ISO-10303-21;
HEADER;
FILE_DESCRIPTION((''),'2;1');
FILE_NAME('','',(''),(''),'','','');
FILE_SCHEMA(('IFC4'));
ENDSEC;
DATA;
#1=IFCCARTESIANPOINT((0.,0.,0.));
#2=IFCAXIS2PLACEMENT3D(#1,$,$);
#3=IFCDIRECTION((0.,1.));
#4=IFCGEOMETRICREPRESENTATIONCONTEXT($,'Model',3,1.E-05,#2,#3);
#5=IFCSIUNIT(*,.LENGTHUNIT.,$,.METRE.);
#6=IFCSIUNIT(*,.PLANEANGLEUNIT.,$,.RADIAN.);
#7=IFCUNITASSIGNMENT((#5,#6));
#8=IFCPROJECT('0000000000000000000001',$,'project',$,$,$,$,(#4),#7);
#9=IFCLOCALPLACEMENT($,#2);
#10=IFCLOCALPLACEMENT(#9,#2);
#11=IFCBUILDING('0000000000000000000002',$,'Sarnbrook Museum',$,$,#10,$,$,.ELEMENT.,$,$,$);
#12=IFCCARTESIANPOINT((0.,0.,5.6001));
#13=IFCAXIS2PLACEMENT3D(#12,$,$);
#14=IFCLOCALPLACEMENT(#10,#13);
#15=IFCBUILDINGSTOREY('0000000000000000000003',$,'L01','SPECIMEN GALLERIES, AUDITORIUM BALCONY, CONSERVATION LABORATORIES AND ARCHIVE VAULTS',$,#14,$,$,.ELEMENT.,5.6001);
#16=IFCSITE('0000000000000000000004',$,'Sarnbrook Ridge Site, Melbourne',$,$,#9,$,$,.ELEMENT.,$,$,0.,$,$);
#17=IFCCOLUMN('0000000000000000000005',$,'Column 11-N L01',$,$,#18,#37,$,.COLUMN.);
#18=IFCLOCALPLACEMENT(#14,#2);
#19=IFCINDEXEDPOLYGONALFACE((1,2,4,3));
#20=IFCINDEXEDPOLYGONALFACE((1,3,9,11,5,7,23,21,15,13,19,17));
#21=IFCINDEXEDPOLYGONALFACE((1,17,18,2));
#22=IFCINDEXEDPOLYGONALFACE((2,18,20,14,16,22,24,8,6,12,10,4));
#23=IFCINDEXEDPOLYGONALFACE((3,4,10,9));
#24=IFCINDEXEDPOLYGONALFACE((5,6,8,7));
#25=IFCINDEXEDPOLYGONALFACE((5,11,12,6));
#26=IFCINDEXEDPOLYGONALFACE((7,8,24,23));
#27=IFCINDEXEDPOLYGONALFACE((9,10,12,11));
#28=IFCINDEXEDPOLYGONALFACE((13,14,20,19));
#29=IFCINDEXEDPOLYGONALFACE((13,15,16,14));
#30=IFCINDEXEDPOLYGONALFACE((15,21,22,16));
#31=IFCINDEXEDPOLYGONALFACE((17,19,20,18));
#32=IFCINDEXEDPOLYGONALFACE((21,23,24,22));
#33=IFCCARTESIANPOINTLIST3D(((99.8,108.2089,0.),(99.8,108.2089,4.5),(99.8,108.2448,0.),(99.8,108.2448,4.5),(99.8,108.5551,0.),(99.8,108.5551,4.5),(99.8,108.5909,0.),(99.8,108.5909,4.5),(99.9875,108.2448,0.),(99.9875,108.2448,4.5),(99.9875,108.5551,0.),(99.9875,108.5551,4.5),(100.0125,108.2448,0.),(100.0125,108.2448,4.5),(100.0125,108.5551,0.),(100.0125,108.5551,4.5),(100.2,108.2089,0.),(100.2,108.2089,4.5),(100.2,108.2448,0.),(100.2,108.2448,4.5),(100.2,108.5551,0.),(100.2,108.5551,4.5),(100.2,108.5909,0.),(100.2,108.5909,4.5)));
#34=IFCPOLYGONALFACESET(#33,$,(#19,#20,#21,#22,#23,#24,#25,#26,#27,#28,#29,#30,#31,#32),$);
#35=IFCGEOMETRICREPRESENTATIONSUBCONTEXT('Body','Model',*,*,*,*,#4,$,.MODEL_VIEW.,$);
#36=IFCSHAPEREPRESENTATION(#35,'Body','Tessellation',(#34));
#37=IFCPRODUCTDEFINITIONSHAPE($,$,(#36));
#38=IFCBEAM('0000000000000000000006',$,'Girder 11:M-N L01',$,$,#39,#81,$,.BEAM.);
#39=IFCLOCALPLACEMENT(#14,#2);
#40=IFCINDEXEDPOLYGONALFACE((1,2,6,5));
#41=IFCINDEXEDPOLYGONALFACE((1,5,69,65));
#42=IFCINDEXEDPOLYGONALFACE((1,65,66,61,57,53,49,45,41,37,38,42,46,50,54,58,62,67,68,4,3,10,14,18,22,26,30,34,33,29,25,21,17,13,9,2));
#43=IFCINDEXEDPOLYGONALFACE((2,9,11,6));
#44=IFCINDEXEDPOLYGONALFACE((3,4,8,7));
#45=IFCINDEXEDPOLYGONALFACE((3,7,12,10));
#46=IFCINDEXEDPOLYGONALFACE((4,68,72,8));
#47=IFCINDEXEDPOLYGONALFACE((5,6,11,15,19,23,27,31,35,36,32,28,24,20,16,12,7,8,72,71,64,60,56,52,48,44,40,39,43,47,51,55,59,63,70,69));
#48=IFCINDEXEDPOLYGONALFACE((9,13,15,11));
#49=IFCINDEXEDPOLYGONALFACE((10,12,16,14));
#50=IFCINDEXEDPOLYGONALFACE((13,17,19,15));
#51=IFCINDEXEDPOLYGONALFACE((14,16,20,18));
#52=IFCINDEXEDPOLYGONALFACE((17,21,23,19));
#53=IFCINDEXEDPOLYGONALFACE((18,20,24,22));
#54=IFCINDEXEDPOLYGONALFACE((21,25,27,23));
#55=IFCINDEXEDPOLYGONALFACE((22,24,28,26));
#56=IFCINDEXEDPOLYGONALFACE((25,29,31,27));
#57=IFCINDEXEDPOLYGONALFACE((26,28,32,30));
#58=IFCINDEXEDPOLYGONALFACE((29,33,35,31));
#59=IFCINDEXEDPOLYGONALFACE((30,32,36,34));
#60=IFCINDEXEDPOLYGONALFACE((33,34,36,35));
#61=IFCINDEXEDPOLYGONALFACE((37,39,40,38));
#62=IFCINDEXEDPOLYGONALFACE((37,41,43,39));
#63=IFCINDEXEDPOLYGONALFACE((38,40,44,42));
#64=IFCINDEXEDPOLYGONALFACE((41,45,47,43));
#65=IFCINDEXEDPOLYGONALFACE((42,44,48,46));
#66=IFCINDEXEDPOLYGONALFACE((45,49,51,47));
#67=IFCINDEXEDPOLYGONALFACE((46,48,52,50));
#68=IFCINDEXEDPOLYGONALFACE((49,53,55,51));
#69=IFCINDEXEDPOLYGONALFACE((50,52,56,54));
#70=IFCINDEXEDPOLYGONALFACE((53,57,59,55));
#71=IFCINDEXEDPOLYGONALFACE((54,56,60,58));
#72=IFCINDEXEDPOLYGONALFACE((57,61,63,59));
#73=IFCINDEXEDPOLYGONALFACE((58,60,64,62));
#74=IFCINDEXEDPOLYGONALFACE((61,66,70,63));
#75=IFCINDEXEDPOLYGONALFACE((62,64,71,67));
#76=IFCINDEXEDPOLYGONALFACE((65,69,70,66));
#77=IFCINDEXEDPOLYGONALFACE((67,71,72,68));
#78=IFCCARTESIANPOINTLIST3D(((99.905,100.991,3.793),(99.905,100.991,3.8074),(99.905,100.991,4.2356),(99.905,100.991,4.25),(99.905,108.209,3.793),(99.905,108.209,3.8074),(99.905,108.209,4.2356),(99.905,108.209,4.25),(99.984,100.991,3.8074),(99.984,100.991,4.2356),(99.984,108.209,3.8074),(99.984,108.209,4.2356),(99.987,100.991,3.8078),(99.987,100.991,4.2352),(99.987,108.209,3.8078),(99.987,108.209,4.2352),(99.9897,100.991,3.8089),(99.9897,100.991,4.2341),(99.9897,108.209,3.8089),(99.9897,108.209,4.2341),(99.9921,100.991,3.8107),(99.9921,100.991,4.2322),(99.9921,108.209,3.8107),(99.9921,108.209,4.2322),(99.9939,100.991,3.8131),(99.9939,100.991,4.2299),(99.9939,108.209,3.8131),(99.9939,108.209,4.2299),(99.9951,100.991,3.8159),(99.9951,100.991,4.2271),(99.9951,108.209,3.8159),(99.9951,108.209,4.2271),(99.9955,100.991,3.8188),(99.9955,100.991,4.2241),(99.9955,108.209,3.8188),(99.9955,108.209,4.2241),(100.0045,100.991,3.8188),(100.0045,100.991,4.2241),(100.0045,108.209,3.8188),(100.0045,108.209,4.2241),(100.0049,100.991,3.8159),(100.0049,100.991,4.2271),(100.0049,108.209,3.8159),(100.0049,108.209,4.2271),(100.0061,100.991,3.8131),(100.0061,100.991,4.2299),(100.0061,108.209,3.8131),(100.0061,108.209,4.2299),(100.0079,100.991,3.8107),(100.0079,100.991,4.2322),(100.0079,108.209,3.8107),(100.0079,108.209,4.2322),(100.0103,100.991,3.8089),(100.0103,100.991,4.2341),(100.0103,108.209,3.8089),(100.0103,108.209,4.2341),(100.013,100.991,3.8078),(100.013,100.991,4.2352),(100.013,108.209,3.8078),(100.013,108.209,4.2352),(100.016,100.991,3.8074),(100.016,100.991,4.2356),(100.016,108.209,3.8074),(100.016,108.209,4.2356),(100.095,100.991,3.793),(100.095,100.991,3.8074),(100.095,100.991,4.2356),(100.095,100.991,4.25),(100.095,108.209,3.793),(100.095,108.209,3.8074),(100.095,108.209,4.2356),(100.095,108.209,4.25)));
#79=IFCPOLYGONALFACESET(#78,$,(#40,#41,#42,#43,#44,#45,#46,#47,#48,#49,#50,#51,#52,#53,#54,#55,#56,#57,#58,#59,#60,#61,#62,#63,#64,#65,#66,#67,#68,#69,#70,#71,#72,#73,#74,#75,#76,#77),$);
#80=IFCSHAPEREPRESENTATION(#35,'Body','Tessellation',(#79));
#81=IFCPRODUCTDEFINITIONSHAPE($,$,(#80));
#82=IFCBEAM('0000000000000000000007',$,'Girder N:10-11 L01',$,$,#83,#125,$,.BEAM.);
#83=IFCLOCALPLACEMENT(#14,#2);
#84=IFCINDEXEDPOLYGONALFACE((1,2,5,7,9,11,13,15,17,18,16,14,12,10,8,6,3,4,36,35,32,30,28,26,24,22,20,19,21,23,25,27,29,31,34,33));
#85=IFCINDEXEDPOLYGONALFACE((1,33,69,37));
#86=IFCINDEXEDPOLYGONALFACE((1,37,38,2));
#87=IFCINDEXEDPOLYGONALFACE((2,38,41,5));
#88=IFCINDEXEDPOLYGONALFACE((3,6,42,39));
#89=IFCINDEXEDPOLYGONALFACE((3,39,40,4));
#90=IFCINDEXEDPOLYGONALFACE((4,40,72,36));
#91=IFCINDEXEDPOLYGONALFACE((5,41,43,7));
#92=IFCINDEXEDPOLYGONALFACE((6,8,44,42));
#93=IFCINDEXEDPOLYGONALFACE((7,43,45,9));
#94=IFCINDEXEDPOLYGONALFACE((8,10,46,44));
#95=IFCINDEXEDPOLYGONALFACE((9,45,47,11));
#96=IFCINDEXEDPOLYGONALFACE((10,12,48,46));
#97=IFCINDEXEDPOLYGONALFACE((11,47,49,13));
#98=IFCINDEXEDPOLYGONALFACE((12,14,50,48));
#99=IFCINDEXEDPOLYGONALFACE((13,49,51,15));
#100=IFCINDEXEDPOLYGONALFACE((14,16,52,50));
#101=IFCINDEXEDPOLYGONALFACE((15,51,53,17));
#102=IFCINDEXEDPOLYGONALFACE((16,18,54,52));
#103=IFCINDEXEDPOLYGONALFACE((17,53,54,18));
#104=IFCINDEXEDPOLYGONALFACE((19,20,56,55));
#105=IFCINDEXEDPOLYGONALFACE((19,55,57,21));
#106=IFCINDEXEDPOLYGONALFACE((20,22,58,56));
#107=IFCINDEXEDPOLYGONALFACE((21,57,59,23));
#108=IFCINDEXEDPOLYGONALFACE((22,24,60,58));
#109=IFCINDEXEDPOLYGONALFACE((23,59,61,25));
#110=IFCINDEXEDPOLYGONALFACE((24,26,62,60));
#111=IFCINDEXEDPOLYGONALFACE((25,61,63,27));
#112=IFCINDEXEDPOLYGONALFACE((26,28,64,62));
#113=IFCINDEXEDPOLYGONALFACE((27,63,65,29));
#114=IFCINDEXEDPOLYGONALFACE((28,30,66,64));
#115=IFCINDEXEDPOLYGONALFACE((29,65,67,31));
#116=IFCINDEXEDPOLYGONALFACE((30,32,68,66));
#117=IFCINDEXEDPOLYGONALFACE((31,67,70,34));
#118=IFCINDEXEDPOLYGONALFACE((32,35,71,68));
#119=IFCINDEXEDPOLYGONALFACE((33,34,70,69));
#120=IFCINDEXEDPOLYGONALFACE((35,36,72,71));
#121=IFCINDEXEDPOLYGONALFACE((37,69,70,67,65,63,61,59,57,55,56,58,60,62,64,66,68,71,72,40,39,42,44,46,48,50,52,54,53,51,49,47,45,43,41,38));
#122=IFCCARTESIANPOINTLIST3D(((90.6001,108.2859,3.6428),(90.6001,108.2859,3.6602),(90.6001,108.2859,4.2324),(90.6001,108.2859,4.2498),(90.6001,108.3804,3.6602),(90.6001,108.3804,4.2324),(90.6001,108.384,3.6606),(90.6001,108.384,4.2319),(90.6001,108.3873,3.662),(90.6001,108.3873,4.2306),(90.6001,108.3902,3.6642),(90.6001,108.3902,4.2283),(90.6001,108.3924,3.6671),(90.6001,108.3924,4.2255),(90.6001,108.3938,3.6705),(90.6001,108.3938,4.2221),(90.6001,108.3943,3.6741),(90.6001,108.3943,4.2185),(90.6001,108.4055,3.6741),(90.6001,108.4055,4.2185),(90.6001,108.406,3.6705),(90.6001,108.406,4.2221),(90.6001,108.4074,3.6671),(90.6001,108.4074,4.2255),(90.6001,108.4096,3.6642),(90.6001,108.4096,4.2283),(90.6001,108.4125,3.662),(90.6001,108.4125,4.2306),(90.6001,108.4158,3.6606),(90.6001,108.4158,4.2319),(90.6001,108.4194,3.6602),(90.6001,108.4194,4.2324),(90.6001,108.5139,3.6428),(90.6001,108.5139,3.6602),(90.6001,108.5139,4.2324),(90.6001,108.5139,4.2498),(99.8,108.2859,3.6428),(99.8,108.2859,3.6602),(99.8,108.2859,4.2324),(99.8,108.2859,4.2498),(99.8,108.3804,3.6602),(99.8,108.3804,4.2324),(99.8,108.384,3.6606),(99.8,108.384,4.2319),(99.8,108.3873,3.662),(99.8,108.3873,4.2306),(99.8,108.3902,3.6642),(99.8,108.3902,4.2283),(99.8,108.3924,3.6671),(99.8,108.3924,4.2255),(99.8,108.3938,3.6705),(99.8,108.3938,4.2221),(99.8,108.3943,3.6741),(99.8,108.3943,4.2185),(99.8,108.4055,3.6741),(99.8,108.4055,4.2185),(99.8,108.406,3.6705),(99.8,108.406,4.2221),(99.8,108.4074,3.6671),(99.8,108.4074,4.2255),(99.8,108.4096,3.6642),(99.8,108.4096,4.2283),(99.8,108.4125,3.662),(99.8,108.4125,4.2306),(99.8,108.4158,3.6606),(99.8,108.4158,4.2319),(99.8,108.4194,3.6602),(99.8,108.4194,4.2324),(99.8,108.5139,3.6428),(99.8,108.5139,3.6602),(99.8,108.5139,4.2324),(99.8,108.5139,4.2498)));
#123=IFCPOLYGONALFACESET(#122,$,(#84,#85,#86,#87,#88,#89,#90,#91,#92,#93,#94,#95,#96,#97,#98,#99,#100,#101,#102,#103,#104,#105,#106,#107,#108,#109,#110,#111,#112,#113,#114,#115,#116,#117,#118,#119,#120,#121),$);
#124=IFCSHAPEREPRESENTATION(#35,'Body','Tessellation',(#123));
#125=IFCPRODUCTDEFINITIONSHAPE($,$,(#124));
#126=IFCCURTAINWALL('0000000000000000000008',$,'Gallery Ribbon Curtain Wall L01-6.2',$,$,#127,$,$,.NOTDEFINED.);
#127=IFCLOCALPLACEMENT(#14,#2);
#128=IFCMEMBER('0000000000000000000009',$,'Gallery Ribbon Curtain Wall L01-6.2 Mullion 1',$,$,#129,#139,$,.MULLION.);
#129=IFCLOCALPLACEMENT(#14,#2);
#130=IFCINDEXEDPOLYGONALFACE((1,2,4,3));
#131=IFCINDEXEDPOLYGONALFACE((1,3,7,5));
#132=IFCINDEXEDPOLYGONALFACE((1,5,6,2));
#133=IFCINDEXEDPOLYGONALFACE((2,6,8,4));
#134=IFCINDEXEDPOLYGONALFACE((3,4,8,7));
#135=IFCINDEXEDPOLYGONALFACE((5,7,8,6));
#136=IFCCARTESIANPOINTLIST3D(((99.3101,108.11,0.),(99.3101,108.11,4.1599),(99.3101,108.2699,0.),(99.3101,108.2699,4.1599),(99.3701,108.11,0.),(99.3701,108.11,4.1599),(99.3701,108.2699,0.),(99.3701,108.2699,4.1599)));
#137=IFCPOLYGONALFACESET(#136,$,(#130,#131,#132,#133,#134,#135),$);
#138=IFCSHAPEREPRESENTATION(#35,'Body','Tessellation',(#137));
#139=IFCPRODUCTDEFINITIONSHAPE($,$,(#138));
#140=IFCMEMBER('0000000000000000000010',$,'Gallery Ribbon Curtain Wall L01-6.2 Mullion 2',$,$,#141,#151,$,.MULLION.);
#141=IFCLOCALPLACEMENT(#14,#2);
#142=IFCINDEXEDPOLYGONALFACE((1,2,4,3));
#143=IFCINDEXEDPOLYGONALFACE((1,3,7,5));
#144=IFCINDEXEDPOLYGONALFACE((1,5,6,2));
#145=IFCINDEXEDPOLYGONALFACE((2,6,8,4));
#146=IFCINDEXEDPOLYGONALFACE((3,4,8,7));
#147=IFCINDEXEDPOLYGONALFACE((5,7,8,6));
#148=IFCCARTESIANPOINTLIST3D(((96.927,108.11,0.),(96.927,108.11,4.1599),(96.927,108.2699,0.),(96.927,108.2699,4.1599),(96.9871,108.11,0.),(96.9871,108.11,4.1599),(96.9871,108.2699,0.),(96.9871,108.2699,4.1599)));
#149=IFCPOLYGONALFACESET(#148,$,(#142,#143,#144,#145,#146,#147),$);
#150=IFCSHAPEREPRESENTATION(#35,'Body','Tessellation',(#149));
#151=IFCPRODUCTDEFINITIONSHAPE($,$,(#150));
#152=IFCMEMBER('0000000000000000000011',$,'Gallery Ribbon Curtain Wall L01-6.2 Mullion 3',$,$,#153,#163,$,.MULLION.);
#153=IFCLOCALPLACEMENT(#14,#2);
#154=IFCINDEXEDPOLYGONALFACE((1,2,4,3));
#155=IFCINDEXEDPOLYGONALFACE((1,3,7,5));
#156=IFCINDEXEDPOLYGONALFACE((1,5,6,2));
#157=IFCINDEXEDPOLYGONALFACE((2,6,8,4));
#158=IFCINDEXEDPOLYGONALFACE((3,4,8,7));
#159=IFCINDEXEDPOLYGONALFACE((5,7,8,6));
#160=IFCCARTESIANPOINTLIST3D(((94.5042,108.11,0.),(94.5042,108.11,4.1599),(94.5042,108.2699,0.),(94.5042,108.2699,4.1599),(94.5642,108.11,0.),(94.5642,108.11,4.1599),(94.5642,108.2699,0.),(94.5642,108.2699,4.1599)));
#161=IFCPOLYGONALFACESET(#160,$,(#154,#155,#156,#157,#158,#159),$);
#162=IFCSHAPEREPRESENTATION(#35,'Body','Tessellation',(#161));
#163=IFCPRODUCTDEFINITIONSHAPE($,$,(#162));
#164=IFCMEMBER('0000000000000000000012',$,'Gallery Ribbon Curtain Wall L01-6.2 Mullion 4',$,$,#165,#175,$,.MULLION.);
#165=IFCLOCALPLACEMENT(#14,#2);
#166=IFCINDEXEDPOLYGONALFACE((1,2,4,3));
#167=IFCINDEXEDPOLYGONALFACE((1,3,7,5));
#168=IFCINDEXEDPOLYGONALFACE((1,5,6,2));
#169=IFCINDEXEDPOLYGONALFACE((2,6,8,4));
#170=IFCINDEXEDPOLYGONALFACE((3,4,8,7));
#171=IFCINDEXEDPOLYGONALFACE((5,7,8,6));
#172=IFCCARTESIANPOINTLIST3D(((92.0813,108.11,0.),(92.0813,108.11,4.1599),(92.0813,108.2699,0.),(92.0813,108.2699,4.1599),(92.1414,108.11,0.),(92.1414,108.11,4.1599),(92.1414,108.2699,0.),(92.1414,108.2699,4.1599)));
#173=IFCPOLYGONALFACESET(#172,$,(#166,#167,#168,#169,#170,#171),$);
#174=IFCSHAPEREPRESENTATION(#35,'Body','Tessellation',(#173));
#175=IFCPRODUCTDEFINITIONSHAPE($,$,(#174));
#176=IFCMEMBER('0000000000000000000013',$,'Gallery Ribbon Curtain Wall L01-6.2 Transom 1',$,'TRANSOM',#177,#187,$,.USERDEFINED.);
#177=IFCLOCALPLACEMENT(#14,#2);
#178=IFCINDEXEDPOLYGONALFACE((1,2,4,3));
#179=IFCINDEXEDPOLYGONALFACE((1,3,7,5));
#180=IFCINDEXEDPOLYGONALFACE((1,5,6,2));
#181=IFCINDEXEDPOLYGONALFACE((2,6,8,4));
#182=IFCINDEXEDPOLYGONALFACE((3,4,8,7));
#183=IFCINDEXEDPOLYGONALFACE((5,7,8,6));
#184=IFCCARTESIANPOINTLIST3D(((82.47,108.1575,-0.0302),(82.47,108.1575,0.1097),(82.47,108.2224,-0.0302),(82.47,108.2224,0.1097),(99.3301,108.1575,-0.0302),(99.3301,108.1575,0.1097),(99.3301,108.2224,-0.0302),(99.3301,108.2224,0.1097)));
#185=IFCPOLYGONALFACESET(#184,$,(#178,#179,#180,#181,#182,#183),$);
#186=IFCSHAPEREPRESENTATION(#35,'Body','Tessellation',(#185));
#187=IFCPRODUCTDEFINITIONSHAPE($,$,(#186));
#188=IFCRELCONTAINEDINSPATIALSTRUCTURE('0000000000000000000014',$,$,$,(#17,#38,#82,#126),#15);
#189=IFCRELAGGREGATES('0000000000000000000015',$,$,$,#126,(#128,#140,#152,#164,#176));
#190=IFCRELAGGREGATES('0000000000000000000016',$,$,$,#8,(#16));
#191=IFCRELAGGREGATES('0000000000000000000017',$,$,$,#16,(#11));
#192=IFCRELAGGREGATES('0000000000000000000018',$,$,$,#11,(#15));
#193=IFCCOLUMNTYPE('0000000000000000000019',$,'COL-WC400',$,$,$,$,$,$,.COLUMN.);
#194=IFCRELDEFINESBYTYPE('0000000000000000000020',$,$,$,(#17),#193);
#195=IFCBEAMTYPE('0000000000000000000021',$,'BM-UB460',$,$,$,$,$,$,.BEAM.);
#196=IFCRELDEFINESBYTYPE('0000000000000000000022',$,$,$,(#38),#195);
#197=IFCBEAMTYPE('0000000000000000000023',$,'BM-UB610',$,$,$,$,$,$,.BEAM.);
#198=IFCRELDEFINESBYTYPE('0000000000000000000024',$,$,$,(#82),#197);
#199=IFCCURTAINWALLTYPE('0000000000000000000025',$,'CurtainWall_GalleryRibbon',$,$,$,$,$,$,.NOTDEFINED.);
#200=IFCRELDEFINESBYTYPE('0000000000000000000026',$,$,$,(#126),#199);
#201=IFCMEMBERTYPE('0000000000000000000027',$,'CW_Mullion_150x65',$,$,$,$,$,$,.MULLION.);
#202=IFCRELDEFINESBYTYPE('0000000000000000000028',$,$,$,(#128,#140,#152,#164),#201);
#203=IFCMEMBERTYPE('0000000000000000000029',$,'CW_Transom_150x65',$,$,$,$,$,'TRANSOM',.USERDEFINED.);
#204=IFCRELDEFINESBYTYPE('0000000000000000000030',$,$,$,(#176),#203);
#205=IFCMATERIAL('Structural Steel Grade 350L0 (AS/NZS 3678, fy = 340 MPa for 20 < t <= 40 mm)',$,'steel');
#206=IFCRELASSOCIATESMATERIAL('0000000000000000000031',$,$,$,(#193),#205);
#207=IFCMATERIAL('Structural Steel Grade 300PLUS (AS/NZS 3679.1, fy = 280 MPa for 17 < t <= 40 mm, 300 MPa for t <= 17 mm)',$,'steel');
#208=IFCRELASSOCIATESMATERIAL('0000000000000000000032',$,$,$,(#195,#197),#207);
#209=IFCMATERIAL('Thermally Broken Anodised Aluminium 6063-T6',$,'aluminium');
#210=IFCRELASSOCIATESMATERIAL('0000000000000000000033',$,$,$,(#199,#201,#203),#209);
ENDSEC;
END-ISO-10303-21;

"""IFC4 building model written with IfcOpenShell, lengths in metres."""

from ifc_helpers import new_model, si_unit, direction, frame, origin, origin_2d, place, context, subcontext, project, spatial, rectangle, i_section, extrude, material, material_profile, profile_set, type_object, element, aggregate, save


model = new_model("IFC4")

# Units and contexts
model_context = context("Model", 3, precision=1e-05, world=origin(), true_north=direction((0.0, 1.0)))
body_context = subcontext(model_context, "Body", "Model", "MODEL_VIEW")
ifc_project = project(units=[si_unit("LENGTHUNIT", "METRE"), si_unit("PLANEANGLEUNIT", "RADIAN")], contexts=[model_context])

# Site, building, storey
site_placement = place(None, origin())
site = spatial("IfcSite", under=ifc_project, at=site_placement, Name="Sarnbrook Ridge Site, Melbourne", CompositionType="ELEMENT", RefElevation=0.0)
building_placement = place(site_placement, origin())
building = spatial("IfcBuilding", under=site, at=building_placement, Name="Sarnbrook Museum", CompositionType="ELEMENT")
storey_placement = place(building_placement, frame((0.0, 0.0, 5.6001)))
storey = spatial("IfcBuildingStorey", under=building, at=storey_placement, Name="L01", Description="SPECIMEN GALLERIES, AUDITORIUM BALCONY, CONSERVATION LABORATORIES AND ARCHIVE VAULTS", CompositionType="ELEMENT", Elevation=5.6001)

# Column
ifc_material_1 = material(Name="Structural Steel Grade 350L0 (AS/NZS 3678, fy = 340 MPa for 20 < t <= 40 mm)", Category="steel")
ifc_material_profile_1 = material_profile(ifc_material_1, i_section(OverallWidth=0.3999, OverallDepth=0.3821, WebThickness=0.0249, FlangeThickness=0.0359, at=origin_2d()), Name="400WC270")
ifc_profile_set_1 = profile_set([ifc_material_profile_1], Name="Structural Steel Grade 350L0 (AS/NZS 3678, fy = 340 MPa for 20 < t <= 40 mm)")
column_type = type_object("IfcColumnType", Name="COL-WC400", PredefinedType="COLUMN", material=ifc_profile_set_1)
column_placement = place(storey_placement, frame((100.0, 108.3999, 0.0), z_axis=(0.0, 0.0, 1.0), x_axis=(1.0, 0.0, 0.0)))
element("IfcColumn", 1, at=column_placement, inside=storey, type_object=column_type, Name="Column 11-N L01", PredefinedType="COLUMN", context=body_context, shape_type="SweptSolid", body=[
    extrude(i_section(OverallWidth=0.3999, OverallDepth=0.3821, WebThickness=0.0249, FlangeThickness=0.0359, at=origin_2d()), origin(), (0.0, 0.0, 1.0), 4.5),
])

# Beams
ifc_material_2 = material(Name="Structural Steel Grade 300PLUS (AS/NZS 3679.1, fy = 280 MPa for 17 < t <= 40 mm, 300 MPa for t <= 17 mm)", Category="steel")
ifc_material_profile_2 = material_profile(ifc_material_2, i_section(OverallWidth=0.1899, OverallDepth=0.457, WebThickness=0.009, FlangeThickness=0.0144, FilletRadius=0.0115, at=origin_2d()), Name="460UB74.6")
ifc_profile_set_2 = profile_set([ifc_material_profile_2], Name="Structural Steel Grade 300PLUS (AS/NZS 3679.1, fy = 280 MPa for 17 < t <= 40 mm, 300 MPa for t <= 17 mm)")
beam_type_1 = type_object("IfcBeamType", Name="BM-UB460", PredefinedType="BEAM", material=ifc_profile_set_2)
beam_1_placement = place(storey_placement, frame((100.0, 100.991, 4.0215), z_axis=(0.0, 1.0, 0.0), x_axis=(-1.0, 0.0, 0.0)))
element("IfcBeam", 2, at=beam_1_placement, inside=storey, type_object=beam_type_1, Name="Girder 11:M-N L01", PredefinedType="BEAM", context=body_context, shape_type="SweptSolid", body=[
    extrude(i_section(OverallWidth=0.1899, OverallDepth=0.457, WebThickness=0.009, FlangeThickness=0.0144, FilletRadius=0.0115, at=origin_2d()), origin(), (0.0, 0.0, 1.0), 7.218),
])
ifc_material_profile_3 = material_profile(ifc_material_2, i_section(OverallWidth=0.228, OverallDepth=0.6069, WebThickness=0.0112, FlangeThickness=0.0173, FilletRadius=0.0139, at=origin_2d()), Name="610UB113")
ifc_profile_set_3 = profile_set([ifc_material_profile_3], Name="Structural Steel Grade 300PLUS (AS/NZS 3679.1, fy = 280 MPa for 17 < t <= 40 mm, 300 MPa for t <= 17 mm)")
beam_type_2 = type_object("IfcBeamType", Name="BM-UB610", PredefinedType="BEAM", material=ifc_profile_set_3)
beam_2_placement = place(storey_placement, frame((90.6001, 108.3999, 3.9463), z_axis=(1.0, 0.0, 0.0), x_axis=(0.0, 1.0, 0.0)))
element("IfcBeam", 3, at=beam_2_placement, inside=storey, type_object=beam_type_2, Name="Girder N:10-11 L01", PredefinedType="BEAM", context=body_context, shape_type="SweptSolid", body=[
    extrude(i_section(OverallWidth=0.228, OverallDepth=0.6069, WebThickness=0.0112, FlangeThickness=0.0173, FilletRadius=0.0139, at=origin_2d()), origin(), (0.0, 0.0, 1.0), 9.2),
])

# Curtain wall, members
ifc_material_3 = material(Name="Thermally Broken Anodised Aluminium 6063-T6", Category="aluminium")
curtain_wall_type = type_object("IfcCurtainWallType", Name="CurtainWall_GalleryRibbon", PredefinedType="NOTDEFINED", material=ifc_material_3)
curtain_wall_placement = place(storey_placement, origin())
curtain_wall = element("IfcCurtainWall", 4, at=curtain_wall_placement, inside=storey, type_object=curtain_wall_type, Name="Gallery Ribbon Curtain Wall L01-6.2", PredefinedType="NOTDEFINED")
ifc_material_profile_4 = material_profile(ifc_material_3, rectangle(XDim=0.0601, YDim=0.1599, at=origin_2d()), Name="ALU MULLION 60x160")
ifc_profile_set_4 = profile_set([ifc_material_profile_4], Name="Thermally Broken Anodised Aluminium 6063-T6")
member_type_1 = type_object("IfcMemberType", Name="CW_Mullion_150x65", PredefinedType="MULLION", material=ifc_profile_set_4)
member_1_placement = place(storey_placement, frame((99.3401, 108.1899, 0.0), z_axis=(0.0, 0.0, 1.0), x_axis=(1.0, 0.0, 0.0)))
member_1 = element("IfcMember", 5, at=member_1_placement, type_object=member_type_1, Name="Gallery Ribbon Curtain Wall L01-6.2 Mullion 1", PredefinedType="MULLION", context=body_context, shape_type="SweptSolid", body=[
    extrude(rectangle(XDim=0.0601, YDim=0.1599, at=origin_2d()), origin(), (0.0, 0.0, 1.0), 4.1599),
])
member_2_placement = place(storey_placement, frame((96.957, 108.1899, 0.0), z_axis=(0.0, 0.0, 1.0), x_axis=(1.0, 0.0, 0.0)))
member_2 = element("IfcMember", 6, at=member_2_placement, type_object=member_type_1, Name="Gallery Ribbon Curtain Wall L01-6.2 Mullion 2", PredefinedType="MULLION", context=body_context, shape_type="SweptSolid", body=[
    extrude(rectangle(XDim=0.0601, YDim=0.1599, at=origin_2d()), origin(), (0.0, 0.0, 1.0), 4.1599),
])
member_3_placement = place(storey_placement, frame((94.5342, 108.1899, 0.0), z_axis=(0.0, 0.0, 1.0), x_axis=(1.0, 0.0, 0.0)))
member_3 = element("IfcMember", 7, at=member_3_placement, type_object=member_type_1, Name="Gallery Ribbon Curtain Wall L01-6.2 Mullion 3", PredefinedType="MULLION", context=body_context, shape_type="SweptSolid", body=[
    extrude(rectangle(XDim=0.0601, YDim=0.1599, at=origin_2d()), origin(), (0.0, 0.0, 1.0), 4.1599),
])
member_4_placement = place(storey_placement, frame((92.1113, 108.1899, 0.0), z_axis=(0.0, 0.0, 1.0), x_axis=(1.0, 0.0, 0.0)))
member_4 = element("IfcMember", 8, at=member_4_placement, type_object=member_type_1, Name="Gallery Ribbon Curtain Wall L01-6.2 Mullion 4", PredefinedType="MULLION", context=body_context, shape_type="SweptSolid", body=[
    extrude(rectangle(XDim=0.0601, YDim=0.1599, at=origin_2d()), origin(), (0.0, 0.0, 1.0), 4.1599),
])
ifc_material_profile_5 = material_profile(ifc_material_3, rectangle(XDim=0.0649, YDim=0.1399, at=origin_2d()), Name="ALU TRANSOM 65x140")
ifc_profile_set_5 = profile_set([ifc_material_profile_5], Name="Thermally Broken Anodised Aluminium 6063-T6")
member_type_2 = type_object("IfcMemberType", Name="CW_Transom_150x65", ElementType="TRANSOM", PredefinedType="USERDEFINED", material=ifc_profile_set_5)
member_5_placement = place(storey_placement, frame((99.3301, 108.1899, 0.0398), z_axis=(-1.0, 0.0, 0.0), x_axis=(0.0, -1.0, 0.0)))
member_5 = element("IfcMember", 9, at=member_5_placement, type_object=member_type_2, Name="Gallery Ribbon Curtain Wall L01-6.2 Transom 1", ObjectType="TRANSOM", PredefinedType="USERDEFINED", context=body_context, shape_type="SweptSolid", body=[
    extrude(rectangle(XDim=0.0649, YDim=0.1399, at=origin_2d()), origin(), (0.0, 0.0, 1.0), 16.8601),
])

aggregate(curtain_wall, [member_1, member_2, member_3, member_4, member_5])

save(model, "model.ifc")
